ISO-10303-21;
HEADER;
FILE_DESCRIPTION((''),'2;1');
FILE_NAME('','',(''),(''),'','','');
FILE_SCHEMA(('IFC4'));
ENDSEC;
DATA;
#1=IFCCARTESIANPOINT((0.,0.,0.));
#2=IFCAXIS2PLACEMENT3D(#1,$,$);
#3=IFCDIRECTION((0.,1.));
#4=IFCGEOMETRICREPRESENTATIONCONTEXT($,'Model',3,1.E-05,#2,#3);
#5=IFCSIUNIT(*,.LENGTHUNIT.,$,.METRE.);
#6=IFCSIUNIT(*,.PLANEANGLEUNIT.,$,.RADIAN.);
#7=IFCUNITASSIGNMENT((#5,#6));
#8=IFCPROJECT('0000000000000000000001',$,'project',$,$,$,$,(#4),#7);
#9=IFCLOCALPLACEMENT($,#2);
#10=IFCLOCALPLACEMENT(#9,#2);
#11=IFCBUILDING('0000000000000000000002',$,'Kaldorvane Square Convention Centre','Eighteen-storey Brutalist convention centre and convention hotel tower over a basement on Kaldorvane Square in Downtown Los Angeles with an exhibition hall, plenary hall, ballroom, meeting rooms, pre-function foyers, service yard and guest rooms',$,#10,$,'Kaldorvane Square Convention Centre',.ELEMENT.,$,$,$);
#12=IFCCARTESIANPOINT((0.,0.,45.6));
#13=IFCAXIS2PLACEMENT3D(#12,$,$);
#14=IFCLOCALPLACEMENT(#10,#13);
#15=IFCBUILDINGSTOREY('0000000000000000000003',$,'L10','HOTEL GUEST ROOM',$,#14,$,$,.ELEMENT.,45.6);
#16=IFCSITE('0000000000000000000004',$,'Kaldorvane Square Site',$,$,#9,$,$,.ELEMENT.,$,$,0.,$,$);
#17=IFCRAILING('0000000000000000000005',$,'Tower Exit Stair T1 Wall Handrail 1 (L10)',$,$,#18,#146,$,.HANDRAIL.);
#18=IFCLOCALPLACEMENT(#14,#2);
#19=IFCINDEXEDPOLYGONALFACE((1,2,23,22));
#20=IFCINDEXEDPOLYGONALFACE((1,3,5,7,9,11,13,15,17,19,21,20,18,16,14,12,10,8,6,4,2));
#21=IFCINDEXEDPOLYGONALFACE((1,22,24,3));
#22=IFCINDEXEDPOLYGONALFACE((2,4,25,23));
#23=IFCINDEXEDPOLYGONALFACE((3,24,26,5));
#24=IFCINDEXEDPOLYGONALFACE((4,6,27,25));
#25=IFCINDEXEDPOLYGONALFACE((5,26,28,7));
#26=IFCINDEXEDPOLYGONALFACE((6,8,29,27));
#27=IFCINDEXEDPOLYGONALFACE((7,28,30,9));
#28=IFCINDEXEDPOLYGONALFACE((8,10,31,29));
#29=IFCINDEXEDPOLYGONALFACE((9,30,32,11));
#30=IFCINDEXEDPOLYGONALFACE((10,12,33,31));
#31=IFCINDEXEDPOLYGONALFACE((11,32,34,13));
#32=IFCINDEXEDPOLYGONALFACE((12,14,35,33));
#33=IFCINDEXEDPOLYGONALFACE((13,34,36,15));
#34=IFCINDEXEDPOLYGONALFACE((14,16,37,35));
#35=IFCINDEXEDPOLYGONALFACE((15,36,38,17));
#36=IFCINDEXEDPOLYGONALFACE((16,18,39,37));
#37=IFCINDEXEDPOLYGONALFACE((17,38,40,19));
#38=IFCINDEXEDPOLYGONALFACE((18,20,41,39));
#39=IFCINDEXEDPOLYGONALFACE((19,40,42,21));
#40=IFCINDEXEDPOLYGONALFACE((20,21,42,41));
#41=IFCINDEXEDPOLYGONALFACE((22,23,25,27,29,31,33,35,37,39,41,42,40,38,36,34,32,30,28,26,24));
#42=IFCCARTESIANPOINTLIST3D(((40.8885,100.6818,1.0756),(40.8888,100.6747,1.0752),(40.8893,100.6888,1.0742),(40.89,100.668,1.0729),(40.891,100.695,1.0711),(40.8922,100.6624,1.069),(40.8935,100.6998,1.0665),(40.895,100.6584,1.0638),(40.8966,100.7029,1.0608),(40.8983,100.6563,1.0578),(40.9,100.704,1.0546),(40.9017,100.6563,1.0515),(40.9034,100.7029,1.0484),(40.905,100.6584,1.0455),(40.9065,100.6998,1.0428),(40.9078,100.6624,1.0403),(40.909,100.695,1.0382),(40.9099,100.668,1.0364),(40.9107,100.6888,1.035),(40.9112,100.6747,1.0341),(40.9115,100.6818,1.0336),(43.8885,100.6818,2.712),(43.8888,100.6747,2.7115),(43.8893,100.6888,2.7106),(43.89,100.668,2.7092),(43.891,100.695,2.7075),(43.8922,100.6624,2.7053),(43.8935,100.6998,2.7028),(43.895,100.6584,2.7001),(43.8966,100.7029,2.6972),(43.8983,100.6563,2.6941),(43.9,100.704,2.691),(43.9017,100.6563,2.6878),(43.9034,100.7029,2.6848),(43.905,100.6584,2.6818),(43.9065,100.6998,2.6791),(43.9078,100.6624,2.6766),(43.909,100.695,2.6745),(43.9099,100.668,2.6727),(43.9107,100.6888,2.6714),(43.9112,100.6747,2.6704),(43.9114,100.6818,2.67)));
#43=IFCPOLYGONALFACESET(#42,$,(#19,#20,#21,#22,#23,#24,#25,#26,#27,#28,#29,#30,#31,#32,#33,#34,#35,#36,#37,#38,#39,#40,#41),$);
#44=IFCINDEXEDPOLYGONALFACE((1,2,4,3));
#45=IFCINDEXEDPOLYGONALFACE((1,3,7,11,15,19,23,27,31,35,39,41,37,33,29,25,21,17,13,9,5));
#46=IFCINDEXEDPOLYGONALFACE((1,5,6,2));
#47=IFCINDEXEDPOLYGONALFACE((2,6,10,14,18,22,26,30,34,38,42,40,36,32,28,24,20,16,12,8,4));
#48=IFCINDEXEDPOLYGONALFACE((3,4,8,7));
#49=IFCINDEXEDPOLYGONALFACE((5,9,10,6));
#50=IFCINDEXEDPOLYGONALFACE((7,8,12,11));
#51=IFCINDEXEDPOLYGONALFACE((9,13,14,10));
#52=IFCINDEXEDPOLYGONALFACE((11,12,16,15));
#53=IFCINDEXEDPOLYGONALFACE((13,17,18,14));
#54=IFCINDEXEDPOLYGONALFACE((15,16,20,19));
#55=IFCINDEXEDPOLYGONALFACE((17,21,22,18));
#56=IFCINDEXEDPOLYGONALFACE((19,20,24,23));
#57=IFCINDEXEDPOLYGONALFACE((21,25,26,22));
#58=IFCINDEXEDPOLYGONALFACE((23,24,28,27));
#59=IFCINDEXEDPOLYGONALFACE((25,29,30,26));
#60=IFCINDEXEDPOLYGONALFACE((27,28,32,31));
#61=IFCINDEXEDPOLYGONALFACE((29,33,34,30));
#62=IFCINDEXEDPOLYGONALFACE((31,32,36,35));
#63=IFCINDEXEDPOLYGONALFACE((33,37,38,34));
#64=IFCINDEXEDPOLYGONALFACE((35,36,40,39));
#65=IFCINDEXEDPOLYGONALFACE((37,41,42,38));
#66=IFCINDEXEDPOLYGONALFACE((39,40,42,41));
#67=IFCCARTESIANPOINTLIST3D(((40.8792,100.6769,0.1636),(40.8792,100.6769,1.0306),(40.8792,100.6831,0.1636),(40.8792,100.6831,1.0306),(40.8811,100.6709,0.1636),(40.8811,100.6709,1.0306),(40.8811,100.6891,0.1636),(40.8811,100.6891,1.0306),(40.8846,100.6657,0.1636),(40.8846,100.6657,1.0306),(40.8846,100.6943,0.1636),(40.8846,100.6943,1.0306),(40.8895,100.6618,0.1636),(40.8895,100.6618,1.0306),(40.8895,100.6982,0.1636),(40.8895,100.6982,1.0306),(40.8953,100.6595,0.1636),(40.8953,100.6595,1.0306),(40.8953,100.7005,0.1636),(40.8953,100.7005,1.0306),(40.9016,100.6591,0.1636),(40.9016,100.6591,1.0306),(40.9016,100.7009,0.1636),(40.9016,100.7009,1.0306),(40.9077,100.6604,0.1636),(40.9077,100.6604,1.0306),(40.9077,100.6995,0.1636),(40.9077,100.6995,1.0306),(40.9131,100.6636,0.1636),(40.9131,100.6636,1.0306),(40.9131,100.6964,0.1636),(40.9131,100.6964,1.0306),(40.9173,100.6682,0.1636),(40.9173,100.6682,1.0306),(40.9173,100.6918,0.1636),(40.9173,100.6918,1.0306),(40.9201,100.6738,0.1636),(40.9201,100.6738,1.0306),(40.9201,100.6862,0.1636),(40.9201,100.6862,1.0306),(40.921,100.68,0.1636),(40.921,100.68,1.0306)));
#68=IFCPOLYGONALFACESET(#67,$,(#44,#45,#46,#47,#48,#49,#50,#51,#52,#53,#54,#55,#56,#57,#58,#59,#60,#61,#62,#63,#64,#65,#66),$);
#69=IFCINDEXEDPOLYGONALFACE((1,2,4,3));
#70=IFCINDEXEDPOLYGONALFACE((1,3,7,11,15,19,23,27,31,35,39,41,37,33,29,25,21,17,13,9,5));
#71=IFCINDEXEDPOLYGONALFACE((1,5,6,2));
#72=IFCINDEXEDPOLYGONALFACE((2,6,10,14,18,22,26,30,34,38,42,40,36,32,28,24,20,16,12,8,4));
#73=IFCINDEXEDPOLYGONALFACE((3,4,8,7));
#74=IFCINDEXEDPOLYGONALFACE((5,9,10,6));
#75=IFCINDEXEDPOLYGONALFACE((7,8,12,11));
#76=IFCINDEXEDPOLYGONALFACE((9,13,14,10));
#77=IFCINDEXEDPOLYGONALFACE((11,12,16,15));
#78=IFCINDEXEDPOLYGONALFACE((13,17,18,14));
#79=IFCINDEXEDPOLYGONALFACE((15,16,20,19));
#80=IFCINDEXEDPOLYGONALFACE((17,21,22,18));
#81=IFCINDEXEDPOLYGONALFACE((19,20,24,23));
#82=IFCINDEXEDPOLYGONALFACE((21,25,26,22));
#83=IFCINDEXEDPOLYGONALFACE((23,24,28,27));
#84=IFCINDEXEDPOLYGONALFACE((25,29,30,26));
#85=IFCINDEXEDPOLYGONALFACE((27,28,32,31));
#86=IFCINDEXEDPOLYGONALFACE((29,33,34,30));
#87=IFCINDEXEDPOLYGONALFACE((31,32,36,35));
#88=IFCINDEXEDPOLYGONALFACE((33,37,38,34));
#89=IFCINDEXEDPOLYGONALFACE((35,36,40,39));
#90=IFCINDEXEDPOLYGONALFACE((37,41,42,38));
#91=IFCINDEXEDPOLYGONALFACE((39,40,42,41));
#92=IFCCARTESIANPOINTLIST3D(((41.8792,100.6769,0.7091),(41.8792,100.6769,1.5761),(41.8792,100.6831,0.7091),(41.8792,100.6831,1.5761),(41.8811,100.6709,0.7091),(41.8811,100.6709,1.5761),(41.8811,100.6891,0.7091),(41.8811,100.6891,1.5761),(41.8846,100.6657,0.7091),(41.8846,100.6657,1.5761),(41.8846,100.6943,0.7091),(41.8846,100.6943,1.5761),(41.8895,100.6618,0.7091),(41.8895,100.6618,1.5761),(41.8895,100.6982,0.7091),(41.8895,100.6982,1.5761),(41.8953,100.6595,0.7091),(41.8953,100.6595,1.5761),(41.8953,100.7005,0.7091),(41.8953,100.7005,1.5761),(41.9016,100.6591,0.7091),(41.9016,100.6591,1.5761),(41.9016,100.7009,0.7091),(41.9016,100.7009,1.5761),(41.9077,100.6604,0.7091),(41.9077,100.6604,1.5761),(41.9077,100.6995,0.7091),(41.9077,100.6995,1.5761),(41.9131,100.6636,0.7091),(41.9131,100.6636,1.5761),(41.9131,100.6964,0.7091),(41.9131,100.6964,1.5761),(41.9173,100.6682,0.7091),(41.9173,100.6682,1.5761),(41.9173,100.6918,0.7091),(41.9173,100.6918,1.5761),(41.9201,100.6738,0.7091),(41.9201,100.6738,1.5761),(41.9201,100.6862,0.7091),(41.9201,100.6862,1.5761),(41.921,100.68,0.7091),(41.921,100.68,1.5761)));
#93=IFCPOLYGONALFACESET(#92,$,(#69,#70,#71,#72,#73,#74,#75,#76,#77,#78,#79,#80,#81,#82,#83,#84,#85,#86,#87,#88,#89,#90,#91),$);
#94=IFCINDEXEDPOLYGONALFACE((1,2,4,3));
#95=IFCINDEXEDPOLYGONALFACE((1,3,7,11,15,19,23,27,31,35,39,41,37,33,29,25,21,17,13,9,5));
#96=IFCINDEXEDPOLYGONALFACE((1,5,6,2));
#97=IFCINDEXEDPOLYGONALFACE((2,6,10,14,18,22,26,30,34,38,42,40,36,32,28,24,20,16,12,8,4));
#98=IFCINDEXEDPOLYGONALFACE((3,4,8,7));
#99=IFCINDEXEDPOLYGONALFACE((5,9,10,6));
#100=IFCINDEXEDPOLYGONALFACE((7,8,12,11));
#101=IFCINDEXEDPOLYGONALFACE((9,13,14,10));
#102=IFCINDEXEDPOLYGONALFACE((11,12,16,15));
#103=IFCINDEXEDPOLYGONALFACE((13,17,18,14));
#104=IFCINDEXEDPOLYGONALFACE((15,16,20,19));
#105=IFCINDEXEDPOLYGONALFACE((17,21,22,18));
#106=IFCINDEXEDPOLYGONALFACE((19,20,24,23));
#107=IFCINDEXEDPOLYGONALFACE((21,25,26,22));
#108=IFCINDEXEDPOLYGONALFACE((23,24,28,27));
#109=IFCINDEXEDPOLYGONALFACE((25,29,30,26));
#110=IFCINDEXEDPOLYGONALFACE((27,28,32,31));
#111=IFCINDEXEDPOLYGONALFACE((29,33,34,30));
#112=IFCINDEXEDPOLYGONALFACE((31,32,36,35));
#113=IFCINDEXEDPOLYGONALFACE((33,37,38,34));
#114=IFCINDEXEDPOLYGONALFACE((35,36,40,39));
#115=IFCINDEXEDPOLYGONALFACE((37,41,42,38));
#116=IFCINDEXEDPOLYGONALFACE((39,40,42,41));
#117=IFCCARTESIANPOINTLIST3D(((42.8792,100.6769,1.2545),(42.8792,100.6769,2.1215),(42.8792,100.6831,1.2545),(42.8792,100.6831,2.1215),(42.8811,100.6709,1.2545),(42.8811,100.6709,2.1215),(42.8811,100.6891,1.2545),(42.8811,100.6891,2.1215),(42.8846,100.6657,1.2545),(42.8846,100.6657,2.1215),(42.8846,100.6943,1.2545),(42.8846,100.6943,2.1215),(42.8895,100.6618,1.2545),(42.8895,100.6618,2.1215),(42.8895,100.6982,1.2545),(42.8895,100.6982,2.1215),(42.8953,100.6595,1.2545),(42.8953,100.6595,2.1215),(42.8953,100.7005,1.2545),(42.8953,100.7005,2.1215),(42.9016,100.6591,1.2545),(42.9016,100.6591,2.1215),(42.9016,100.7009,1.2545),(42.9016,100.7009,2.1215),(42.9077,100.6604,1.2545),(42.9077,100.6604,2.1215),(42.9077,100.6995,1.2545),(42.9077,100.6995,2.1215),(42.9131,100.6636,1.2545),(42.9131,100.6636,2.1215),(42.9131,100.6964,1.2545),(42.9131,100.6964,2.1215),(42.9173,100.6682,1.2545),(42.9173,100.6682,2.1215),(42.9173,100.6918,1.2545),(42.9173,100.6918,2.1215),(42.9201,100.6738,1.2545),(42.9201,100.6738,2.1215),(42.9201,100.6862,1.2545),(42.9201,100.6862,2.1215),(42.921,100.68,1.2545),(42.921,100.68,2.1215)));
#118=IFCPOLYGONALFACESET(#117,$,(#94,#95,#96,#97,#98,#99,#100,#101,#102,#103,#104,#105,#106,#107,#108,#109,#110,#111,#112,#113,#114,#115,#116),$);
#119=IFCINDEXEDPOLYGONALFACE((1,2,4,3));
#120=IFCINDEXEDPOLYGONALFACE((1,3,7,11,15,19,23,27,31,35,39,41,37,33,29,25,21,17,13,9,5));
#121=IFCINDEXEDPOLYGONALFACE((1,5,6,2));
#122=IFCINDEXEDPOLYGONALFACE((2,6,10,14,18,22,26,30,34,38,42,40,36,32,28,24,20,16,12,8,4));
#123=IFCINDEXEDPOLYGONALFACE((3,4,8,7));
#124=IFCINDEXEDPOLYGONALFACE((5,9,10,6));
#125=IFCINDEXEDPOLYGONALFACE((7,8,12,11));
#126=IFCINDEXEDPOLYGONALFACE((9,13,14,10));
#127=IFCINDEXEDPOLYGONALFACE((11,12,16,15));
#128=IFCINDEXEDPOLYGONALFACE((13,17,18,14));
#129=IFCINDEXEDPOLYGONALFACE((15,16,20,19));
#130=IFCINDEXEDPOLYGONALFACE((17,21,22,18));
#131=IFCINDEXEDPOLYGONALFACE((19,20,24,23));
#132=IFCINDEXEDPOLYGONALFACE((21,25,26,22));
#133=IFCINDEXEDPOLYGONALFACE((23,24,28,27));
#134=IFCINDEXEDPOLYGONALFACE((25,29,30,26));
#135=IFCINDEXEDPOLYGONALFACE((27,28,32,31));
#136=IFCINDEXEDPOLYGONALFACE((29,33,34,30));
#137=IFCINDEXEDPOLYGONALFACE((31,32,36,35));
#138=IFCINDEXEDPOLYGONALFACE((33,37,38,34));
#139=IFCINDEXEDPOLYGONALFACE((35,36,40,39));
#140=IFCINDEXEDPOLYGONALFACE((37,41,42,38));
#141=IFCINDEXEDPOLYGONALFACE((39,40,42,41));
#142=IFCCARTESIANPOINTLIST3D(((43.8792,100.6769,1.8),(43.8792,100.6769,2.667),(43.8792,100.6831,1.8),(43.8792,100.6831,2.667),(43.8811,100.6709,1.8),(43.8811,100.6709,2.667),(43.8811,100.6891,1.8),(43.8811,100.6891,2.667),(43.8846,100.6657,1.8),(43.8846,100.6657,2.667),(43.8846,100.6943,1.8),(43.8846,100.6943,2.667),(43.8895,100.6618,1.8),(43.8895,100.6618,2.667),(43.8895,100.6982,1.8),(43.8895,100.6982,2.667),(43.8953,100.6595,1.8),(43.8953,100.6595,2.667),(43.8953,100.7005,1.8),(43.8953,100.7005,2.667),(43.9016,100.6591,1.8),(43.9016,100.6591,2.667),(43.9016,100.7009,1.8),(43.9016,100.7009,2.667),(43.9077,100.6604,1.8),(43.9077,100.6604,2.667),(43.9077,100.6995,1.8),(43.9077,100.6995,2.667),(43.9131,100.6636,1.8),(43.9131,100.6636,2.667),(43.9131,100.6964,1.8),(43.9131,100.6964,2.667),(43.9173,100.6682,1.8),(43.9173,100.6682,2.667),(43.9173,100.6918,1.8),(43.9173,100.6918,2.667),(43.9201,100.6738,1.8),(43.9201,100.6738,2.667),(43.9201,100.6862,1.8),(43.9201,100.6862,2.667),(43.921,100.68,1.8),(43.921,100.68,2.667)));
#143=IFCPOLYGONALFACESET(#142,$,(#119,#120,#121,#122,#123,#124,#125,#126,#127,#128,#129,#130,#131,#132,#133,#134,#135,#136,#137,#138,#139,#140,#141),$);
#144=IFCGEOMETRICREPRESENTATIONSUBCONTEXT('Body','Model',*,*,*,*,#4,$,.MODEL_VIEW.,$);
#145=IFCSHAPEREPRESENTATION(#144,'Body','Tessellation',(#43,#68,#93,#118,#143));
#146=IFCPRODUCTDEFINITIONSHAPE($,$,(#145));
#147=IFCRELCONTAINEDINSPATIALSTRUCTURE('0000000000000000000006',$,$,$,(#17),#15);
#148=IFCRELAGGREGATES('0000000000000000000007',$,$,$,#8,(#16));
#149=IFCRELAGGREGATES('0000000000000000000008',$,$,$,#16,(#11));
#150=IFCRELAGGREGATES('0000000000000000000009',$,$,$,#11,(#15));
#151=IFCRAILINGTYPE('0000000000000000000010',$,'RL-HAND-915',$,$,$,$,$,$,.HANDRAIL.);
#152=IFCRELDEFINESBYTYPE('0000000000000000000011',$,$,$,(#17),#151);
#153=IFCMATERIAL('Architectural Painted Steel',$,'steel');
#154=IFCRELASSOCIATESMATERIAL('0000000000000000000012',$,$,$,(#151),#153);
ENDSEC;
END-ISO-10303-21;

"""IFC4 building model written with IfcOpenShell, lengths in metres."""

from ifc_helpers import new_model, si_unit, direction, frame, origin, origin_2d, place, context, subcontext, project, spatial, circle, extrude, material, type_object, element, save


model = new_model("IFC4")

# Units and contexts
model_context = context("Model", 3, precision=1e-05, world=origin(), true_north=direction((0.0, 1.0)))
body_context = subcontext(model_context, "Body", "Model", "MODEL_VIEW")
ifc_project = project(units=[si_unit("LENGTHUNIT", "METRE"), si_unit("PLANEANGLEUNIT", "RADIAN")], contexts=[model_context])

# Site, building, storey
site_placement = place(None, origin())
site = spatial("IfcSite", under=ifc_project, at=site_placement, Name="Kaldorvane Square Site", CompositionType="ELEMENT", RefElevation=0.0)
building_placement = place(site_placement, origin())
building = spatial("IfcBuilding", under=site, at=building_placement, Name="Kaldorvane Square Convention Centre", Description="Eighteen-storey Brutalist convention centre and convention hotel tower over a basement on Kaldorvane Square in Downtown Los Angeles with an exhibition hall, plenary hall, ballroom, meeting rooms, pre-function foyers, service yard and guest rooms", LongName="Kaldorvane Square Convention Centre", CompositionType="ELEMENT")
storey_placement = place(building_placement, frame((0.0, 0.0, 45.6)))
storey = spatial("IfcBuildingStorey", under=building, at=storey_placement, Name="L10", Description="HOTEL GUEST ROOM", CompositionType="ELEMENT", Elevation=45.6)

# Railing
ifc_material_1 = material(Name="Architectural Painted Steel", Category="steel")
railing_type_1 = type_object("IfcRailingType", Name="RL-HAND-915", PredefinedType="HANDRAIL", material=ifc_material_1)
for number, where, name in (
    (1, (40.9, 100.68, 0.1636), "Tower Exit Stair T1 Wall Handrail 1 (L10)"),
):
    element("IfcRailing", number, at=place(storey_placement, frame(where)), inside=storey, type_object=railing_type_1, Name=name, PredefinedType="HANDRAIL", context=body_context, shape_type="SweptSolid", body=[
        extrude(circle(Radius=0.024, at=origin_2d()), frame((0.0, 0.0, 0.891), z_axis=(0.877897, 0.0, 0.47885), x_axis=(0.0, 1.0, 0.0)), (0.0, 0.0, 1.0), 3.4173),
        extrude(circle(Radius=0.021, at=origin_2d()), origin(), (0.0, 0.0, 1.0), 0.867),
        extrude(circle(Radius=0.021, at=origin_2d()), frame((1.0, 0.0, 0.5455)), (0.0, 0.0, 1.0), 0.867),
        extrude(circle(Radius=0.021, at=origin_2d()), frame((2.0, 0.0, 1.0909)), (0.0, 0.0, 1.0), 0.867),
        extrude(circle(Radius=0.021, at=origin_2d()), frame((3.0, 0.0, 1.6364)), (0.0, 0.0, 1.0), 0.867),
    ])

save(model, "model.ifc")
